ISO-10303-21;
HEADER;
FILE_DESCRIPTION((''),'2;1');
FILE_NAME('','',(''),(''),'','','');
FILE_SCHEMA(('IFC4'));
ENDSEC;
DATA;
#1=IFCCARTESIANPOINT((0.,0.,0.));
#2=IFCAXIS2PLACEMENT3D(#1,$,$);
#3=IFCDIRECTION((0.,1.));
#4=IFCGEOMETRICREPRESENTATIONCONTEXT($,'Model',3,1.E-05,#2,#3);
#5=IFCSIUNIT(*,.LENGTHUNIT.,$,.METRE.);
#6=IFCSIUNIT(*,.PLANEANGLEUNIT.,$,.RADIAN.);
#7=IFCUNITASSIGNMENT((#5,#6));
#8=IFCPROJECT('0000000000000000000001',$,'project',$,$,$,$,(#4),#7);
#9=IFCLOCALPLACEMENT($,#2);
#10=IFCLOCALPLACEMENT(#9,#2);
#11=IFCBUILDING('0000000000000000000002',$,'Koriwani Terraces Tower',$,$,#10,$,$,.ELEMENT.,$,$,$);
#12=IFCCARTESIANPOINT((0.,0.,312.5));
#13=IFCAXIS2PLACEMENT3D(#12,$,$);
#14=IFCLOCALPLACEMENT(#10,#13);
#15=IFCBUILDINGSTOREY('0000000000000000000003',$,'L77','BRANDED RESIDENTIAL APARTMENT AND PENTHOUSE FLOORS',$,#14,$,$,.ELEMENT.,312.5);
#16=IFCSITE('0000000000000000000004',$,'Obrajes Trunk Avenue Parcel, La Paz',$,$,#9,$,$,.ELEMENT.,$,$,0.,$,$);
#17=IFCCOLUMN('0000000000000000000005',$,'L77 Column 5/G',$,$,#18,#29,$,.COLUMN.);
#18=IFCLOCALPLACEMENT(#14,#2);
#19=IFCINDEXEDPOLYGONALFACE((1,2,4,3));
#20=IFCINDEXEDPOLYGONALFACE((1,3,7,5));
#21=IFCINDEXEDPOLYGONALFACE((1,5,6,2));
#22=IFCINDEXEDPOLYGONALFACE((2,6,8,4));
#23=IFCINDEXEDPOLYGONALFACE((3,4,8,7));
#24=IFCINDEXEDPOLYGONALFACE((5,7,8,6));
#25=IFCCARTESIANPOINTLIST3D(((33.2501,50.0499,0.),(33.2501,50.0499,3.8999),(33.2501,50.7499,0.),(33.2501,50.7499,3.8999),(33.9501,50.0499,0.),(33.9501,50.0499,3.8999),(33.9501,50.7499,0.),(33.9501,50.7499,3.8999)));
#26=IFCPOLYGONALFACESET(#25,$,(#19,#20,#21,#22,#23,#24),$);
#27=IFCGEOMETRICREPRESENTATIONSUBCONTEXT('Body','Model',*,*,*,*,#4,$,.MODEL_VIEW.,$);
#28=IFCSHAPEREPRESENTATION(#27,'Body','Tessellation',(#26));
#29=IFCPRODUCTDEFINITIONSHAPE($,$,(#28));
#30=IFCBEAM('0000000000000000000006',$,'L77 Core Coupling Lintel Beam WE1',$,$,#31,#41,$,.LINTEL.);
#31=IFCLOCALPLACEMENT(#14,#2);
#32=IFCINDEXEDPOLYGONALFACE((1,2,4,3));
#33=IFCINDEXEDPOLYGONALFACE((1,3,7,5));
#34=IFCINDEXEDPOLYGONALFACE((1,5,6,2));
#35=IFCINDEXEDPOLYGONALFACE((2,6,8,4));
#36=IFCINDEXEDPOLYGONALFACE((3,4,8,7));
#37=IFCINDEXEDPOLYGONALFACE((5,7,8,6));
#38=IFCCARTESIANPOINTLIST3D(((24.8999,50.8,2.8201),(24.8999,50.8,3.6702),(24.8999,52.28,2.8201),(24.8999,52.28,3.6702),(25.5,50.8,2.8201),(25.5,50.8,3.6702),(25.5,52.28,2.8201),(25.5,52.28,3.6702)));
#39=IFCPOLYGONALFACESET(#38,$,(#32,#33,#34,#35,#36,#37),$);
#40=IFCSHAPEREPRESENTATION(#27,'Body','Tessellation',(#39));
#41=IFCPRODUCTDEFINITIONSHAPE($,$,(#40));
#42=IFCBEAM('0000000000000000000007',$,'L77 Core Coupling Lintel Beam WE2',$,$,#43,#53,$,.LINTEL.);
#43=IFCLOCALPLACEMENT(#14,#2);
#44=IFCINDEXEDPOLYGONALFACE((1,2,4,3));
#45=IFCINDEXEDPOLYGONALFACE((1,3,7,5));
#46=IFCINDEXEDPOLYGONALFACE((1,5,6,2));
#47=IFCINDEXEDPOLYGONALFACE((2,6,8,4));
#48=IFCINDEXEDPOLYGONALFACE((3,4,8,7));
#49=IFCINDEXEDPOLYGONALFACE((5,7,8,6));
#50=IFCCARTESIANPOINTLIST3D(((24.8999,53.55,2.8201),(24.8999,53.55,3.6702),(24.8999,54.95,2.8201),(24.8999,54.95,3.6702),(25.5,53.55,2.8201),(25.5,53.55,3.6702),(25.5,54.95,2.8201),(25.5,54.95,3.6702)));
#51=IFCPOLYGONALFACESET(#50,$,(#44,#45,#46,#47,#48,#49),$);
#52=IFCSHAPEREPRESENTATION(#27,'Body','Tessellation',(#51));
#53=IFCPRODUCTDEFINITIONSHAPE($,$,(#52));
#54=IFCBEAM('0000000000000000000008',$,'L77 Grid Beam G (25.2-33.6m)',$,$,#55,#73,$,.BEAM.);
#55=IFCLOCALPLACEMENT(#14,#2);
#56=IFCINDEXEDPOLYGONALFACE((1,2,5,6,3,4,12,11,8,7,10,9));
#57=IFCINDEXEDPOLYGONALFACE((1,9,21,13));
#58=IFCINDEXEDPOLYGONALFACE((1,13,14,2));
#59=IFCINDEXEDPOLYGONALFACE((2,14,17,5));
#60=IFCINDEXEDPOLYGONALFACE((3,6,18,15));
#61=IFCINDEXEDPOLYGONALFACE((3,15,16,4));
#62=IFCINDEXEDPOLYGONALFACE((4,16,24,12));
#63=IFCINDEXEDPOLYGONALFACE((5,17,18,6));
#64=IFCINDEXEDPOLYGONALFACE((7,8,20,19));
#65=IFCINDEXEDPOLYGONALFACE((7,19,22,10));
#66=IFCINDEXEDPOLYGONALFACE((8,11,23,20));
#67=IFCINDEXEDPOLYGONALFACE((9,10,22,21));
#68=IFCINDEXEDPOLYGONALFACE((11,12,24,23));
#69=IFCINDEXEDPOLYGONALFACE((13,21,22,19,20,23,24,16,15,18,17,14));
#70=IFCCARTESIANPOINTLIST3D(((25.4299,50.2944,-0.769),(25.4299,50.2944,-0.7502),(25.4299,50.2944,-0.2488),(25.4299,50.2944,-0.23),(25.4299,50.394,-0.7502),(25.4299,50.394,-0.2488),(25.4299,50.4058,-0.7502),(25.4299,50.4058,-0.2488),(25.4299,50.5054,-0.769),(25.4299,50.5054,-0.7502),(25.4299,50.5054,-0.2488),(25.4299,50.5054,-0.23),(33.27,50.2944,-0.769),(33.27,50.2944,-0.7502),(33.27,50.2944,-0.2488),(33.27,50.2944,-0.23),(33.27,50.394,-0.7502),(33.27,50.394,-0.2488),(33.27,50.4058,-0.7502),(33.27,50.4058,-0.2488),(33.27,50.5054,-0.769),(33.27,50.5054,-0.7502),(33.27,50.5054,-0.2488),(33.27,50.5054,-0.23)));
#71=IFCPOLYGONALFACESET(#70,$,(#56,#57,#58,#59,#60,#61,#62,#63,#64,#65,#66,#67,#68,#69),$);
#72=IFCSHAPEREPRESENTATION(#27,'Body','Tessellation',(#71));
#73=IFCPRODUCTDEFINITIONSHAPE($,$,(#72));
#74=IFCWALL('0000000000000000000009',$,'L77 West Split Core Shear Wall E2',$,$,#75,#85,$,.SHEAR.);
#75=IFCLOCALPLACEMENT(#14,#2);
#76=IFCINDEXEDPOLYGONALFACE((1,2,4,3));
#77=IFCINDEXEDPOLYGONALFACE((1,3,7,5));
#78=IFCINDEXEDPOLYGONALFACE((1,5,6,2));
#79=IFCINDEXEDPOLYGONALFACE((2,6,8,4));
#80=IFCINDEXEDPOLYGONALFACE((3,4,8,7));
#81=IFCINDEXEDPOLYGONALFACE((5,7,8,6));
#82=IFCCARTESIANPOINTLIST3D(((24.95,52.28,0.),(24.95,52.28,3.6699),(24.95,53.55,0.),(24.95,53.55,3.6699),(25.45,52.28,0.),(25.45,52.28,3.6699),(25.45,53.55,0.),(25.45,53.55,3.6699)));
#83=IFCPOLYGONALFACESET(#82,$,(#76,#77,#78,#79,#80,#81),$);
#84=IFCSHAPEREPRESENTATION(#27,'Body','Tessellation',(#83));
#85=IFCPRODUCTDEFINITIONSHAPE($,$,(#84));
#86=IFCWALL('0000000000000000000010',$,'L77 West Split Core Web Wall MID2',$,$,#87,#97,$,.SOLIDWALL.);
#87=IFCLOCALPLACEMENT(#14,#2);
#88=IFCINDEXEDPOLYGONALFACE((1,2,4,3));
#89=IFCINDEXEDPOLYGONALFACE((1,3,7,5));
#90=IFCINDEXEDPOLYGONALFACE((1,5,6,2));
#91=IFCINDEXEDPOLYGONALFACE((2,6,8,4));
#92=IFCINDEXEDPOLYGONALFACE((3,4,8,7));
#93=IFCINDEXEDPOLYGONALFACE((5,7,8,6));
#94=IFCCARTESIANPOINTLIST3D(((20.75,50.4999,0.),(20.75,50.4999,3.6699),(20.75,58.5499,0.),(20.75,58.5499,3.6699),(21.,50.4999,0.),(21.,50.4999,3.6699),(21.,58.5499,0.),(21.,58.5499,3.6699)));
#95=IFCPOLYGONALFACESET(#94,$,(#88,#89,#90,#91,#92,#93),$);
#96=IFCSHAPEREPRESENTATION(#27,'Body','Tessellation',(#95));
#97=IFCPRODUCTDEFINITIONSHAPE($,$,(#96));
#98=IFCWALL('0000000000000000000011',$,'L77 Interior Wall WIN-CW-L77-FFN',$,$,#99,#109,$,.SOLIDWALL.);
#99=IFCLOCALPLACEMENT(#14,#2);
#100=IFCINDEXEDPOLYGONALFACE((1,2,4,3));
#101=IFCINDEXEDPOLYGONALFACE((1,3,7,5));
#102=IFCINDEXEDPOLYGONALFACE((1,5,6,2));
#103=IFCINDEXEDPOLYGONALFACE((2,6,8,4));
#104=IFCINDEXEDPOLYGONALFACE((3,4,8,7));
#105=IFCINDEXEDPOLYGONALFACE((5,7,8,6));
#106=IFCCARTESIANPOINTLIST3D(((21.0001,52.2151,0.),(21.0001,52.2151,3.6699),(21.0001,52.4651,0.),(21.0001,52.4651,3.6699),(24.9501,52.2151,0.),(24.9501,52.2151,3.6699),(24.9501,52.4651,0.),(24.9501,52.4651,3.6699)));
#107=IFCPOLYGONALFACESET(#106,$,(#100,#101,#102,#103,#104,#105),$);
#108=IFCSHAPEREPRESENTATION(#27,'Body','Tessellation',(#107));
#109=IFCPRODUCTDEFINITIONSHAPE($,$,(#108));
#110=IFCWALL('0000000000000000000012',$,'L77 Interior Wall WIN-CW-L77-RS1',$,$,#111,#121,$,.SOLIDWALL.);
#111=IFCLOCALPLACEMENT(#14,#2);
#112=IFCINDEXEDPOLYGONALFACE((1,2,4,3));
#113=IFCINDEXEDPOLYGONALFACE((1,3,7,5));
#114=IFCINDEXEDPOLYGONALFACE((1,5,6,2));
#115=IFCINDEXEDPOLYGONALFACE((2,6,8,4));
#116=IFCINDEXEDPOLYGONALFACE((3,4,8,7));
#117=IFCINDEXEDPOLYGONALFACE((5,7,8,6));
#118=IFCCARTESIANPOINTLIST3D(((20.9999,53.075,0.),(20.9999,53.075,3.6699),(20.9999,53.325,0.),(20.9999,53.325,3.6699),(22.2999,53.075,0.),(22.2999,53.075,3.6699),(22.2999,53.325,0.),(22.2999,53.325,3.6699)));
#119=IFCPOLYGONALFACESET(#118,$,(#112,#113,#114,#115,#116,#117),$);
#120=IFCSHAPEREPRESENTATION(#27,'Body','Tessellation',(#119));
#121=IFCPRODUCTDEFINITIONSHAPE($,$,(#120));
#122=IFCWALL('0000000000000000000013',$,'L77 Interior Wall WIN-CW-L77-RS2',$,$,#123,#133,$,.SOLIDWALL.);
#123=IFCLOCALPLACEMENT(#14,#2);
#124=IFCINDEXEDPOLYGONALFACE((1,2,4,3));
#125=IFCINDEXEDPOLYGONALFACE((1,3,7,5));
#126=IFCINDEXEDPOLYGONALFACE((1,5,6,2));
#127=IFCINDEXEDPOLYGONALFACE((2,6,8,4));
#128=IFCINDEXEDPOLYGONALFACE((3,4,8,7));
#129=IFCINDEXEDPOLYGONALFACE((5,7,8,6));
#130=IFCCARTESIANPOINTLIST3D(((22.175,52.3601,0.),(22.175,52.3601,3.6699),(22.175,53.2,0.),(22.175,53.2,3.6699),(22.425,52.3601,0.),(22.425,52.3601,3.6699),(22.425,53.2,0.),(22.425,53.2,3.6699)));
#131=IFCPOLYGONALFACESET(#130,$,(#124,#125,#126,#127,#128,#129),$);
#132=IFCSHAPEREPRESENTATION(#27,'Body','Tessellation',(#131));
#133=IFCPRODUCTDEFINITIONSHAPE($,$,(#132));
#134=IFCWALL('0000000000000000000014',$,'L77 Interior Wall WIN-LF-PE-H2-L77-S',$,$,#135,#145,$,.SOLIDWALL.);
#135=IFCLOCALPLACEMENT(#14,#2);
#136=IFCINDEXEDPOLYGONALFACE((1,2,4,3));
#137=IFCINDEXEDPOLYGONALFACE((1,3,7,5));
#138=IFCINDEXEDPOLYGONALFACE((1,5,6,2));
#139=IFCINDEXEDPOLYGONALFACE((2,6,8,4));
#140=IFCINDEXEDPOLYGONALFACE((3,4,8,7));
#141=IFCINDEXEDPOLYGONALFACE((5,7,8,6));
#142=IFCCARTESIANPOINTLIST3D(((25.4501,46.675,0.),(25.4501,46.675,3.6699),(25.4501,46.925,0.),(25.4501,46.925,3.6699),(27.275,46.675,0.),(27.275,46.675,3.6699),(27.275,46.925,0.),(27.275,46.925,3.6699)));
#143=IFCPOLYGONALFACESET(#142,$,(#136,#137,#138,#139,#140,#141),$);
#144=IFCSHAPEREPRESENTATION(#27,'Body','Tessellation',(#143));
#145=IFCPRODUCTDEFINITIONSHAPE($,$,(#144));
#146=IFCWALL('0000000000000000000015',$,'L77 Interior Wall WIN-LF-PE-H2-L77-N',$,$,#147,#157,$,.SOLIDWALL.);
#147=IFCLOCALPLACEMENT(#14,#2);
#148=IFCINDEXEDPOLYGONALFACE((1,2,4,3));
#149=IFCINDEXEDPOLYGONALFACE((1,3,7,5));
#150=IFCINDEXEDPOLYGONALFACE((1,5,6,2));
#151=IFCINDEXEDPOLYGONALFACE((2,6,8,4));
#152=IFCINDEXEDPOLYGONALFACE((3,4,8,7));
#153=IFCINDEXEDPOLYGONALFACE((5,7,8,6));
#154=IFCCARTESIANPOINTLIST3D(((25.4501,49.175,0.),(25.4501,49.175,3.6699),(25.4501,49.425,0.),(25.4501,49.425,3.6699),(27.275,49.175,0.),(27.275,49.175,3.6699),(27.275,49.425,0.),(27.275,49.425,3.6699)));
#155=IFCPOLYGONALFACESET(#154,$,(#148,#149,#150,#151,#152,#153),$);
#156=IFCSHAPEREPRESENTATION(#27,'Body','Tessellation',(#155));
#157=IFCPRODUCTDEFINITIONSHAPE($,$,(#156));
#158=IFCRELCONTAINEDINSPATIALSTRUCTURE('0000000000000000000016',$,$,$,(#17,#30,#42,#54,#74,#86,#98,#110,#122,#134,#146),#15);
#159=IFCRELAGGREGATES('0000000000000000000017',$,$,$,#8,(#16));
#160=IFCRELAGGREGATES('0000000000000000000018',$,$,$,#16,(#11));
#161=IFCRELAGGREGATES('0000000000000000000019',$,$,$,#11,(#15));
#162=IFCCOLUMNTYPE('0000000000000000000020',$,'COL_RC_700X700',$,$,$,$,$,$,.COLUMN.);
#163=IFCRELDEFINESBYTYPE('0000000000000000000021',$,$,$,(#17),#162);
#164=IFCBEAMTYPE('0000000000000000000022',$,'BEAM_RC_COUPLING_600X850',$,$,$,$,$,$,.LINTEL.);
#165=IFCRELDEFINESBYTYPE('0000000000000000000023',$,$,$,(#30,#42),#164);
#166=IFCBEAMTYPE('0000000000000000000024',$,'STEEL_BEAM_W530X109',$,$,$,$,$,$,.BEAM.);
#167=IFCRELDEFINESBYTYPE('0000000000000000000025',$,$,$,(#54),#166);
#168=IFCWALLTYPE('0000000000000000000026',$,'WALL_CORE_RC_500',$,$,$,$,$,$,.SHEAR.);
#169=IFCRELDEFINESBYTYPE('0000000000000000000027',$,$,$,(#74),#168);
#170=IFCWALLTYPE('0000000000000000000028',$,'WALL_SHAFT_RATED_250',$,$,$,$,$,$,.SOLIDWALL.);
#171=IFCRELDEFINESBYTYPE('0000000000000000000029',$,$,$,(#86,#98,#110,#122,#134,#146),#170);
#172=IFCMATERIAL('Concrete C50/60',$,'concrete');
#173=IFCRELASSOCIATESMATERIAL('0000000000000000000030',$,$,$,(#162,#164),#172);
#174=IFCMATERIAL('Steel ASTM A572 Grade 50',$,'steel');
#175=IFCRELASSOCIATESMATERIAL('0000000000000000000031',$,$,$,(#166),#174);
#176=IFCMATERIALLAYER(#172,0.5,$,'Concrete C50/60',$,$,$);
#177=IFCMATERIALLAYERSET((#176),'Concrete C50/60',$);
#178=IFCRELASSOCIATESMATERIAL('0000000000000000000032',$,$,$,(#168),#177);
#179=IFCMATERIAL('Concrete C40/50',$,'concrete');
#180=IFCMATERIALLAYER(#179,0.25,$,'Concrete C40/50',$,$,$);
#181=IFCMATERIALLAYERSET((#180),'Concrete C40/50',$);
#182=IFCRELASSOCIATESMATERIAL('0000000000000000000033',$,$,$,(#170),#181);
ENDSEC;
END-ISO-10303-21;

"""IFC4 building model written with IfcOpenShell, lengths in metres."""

from ifc_helpers import new_model, si_unit, direction, frame, frame_2d, origin, origin_2d, place, context, subcontext, project, spatial, rectangle, i_section, extrude, material, layer, layer_set, material_profile, profile_set, type_object, element, save


model = new_model("IFC4")

# Units and contexts
model_context = context("Model", 3, precision=1e-05, world=origin(), true_north=direction((0.0, 1.0)))
body_context = subcontext(model_context, "Body", "Model", "MODEL_VIEW")
ifc_project = project(units=[si_unit("LENGTHUNIT", "METRE"), si_unit("PLANEANGLEUNIT", "RADIAN")], contexts=[model_context])

# Site, building, storey
site_placement = place(None, origin())
site = spatial("IfcSite", under=ifc_project, at=site_placement, Name="Obrajes Trunk Avenue Parcel, La Paz", CompositionType="ELEMENT", RefElevation=0.0)
building_placement = place(site_placement, origin())
building = spatial("IfcBuilding", under=site, at=building_placement, Name="Koriwani Terraces Tower", CompositionType="ELEMENT")
storey_placement = place(building_placement, frame((0.0, 0.0, 312.5)))
storey = spatial("IfcBuildingStorey", under=building, at=storey_placement, Name="L77", Description="BRANDED RESIDENTIAL APARTMENT AND PENTHOUSE FLOORS", CompositionType="ELEMENT", Elevation=312.5)

# Column
ifc_material_1 = material(Name="Concrete C50/60", Category="concrete")
ifc_material_profile_1 = material_profile(ifc_material_1, rectangle(XDim=0.7, YDim=0.7, at=origin_2d()), Name="Concrete C50/60", Category="LoadBearing")
ifc_profile_set_1 = profile_set([ifc_material_profile_1], Name="Concrete C50/60")
column_type = type_object("IfcColumnType", Name="COL_RC_700X700", PredefinedType="COLUMN", material=ifc_profile_set_1)
column_placement = place(storey_placement, frame((33.6001, 50.3999, 0.0), z_axis=(0.0, 0.0, 1.0), x_axis=(1.0, 0.0, 0.0)))
element("IfcColumn", 1, at=column_placement, inside=storey, type_object=column_type, Name="L77 Column 5/G", PredefinedType="COLUMN", context=body_context, shape_type="SweptSolid", body=[
    extrude(rectangle(XDim=0.7, YDim=0.7, at=origin_2d()), origin(), (0.0, 0.0, 1.0), 3.8999),
])

# Beams
ifc_material_profile_2 = material_profile(ifc_material_1, rectangle(XDim=0.6001, YDim=0.8501, at=origin_2d()), Name="Concrete C50/60", Category="LoadBearing")
ifc_profile_set_2 = profile_set([ifc_material_profile_2], Name="Concrete C50/60")
beam_type_1 = type_object("IfcBeamType", Name="BEAM_RC_COUPLING_600X850", PredefinedType="LINTEL", material=ifc_profile_set_2)
beam_1_placement = place(storey_placement, frame((25.2, 50.8, 3.2451), z_axis=(0.0, 1.0, 0.0), x_axis=(-1.0, 0.0, 0.0)))
element("IfcBeam", 2, at=beam_1_placement, inside=storey, type_object=beam_type_1, Name="L77 Core Coupling Lintel Beam WE1", PredefinedType="LINTEL", context=body_context, shape_type="SweptSolid", body=[
    extrude(rectangle(XDim=0.6001, YDim=0.8501, at=origin_2d()), origin(), (0.0, 0.0, 1.0), 1.48),
])
beam_2_placement = place(storey_placement, frame((25.2, 53.55, 3.2451), z_axis=(0.0, 1.0, 0.0), x_axis=(-1.0, 0.0, 0.0)))
element("IfcBeam", 3, at=beam_2_placement, inside=storey, type_object=beam_type_1, Name="L77 Core Coupling Lintel Beam WE2", PredefinedType="LINTEL", context=body_context, shape_type="SweptSolid", body=[
    extrude(rectangle(XDim=0.6001, YDim=0.8501, at=origin_2d()), origin(), (0.0, 0.0, 1.0), 1.3999),
])
ifc_material_2 = material(Name="Steel ASTM A572 Grade 50", Category="steel")
ifc_material_profile_3 = material_profile(ifc_material_2, i_section(OverallWidth=0.2109, OverallDepth=0.5391, WebThickness=0.0117, FlangeThickness=0.0188, at=origin_2d()), Name="Steel ASTM A572 Grade 50", Category="LoadBearing")
ifc_profile_set_3 = profile_set([ifc_material_profile_3], Name="Steel ASTM A572 Grade 50")
beam_type_2 = type_object("IfcBeamType", Name="STEEL_BEAM_W530X109", PredefinedType="BEAM", material=ifc_profile_set_3)
beam_3_placement = place(storey_placement, frame((25.4299, 50.3999, -0.4995), z_axis=(1.0, 0.0, 0.0), x_axis=(0.0, 1.0, 0.0)))
element("IfcBeam", 4, at=beam_3_placement, inside=storey, type_object=beam_type_2, Name="L77 Grid Beam G (25.2-33.6m)", PredefinedType="BEAM", context=body_context, shape_type="SweptSolid", body=[
    extrude(i_section(OverallWidth=0.2109, OverallDepth=0.5391, WebThickness=0.0117, FlangeThickness=0.0188, at=origin_2d()), origin(), (0.0, 0.0, 1.0), 7.8401),
])

# Walls
ifc_layer_1 = layer(ifc_material_1, 0.5, Name="Concrete C50/60")
ifc_layer_set_1 = layer_set([ifc_layer_1], Name="Concrete C50/60")
wall_type_1 = type_object("IfcWallType", Name="WALL_CORE_RC_500", PredefinedType="SHEAR", material=ifc_layer_set_1)
wall_1_placement = place(storey_placement, frame((25.2, 52.28, 0.0), z_axis=(0.0, 0.0, 1.0), x_axis=(0.0, 1.0, 0.0)))
element("IfcWall", 5, at=wall_1_placement, inside=storey, type_object=wall_type_1, Name="L77 West Split Core Shear Wall E2", PredefinedType="SHEAR", context=body_context, shape_type="SweptSolid", body=[
    extrude(rectangle(XDim=1.27, YDim=0.5, at=frame_2d((0.635, 0.0))), origin(), (0.0, 0.0, 1.0), 3.6699),
])
ifc_material_3 = material(Name="Concrete C40/50", Category="concrete")
ifc_layer_2 = layer(ifc_material_3, 0.25, Name="Concrete C40/50")
ifc_layer_set_2 = layer_set([ifc_layer_2], Name="Concrete C40/50")
wall_type_2 = type_object("IfcWallType", Name="WALL_SHAFT_RATED_250", PredefinedType="SOLIDWALL", material=ifc_layer_set_2)
wall_2_placement = place(storey_placement, frame((20.875, 50.5, 0.0), z_axis=(0.0, 0.0, 1.0), x_axis=(0.0, 1.0, 0.0)))
element("IfcWall", 6, at=wall_2_placement, inside=storey, type_object=wall_type_2, Name="L77 West Split Core Web Wall MID2", PredefinedType="SOLIDWALL", context=body_context, shape_type="SweptSolid", body=[
    extrude(rectangle(XDim=8.05, YDim=0.25, at=frame_2d((4.0249, 0.0))), origin(), (0.0, 0.0, 1.0), 3.6699),
])

# Wall
wall_3_placement = place(storey_placement, frame((21.0, 52.3401, 0.0), z_axis=(0.0, 0.0, 1.0), x_axis=(1.0, 0.0, 0.0)))
element("IfcWall", 7, at=wall_3_placement, inside=storey, type_object=wall_type_2, Name="L77 Interior Wall WIN-CW-L77-FFN", PredefinedType="SOLIDWALL", context=body_context, shape_type="SweptSolid", body=[
    extrude(rectangle(XDim=3.95, YDim=0.25, at=frame_2d((1.9751, 0.0))), origin(), (0.0, 0.0, 1.0), 3.6699),
])

# Walls
wall_4_placement = place(storey_placement, frame((21.0, 53.2, 0.0), z_axis=(0.0, 0.0, 1.0), x_axis=(1.0, 0.0, 0.0)))
element("IfcWall", 8, at=wall_4_placement, inside=storey, type_object=wall_type_2, Name="L77 Interior Wall WIN-CW-L77-RS1", PredefinedType="SOLIDWALL", context=body_context, shape_type="SweptSolid", body=[
    extrude(rectangle(XDim=1.3, YDim=0.25, at=frame_2d((0.6499, 0.0))), origin(), (0.0, 0.0, 1.0), 3.6699),
])
wall_5_placement = place(storey_placement, frame((22.3, 52.3601, 0.0), z_axis=(0.0, 0.0, 1.0), x_axis=(0.0, 1.0, 0.0)))
element("IfcWall", 9, at=wall_5_placement, inside=storey, type_object=wall_type_2, Name="L77 Interior Wall WIN-CW-L77-RS2", PredefinedType="SOLIDWALL", context=body_context, shape_type="SweptSolid", body=[
    extrude(rectangle(XDim=0.8398, YDim=0.25, at=frame_2d((0.4199, 0.0))), origin(), (0.0, 0.0, 1.0), 3.6699),
])

# Walls
for number, where, z_axis, x_axis, name in (
    (10, (25.45, 46.8, 0.0), (0.0, 0.0, 1.0), (1.0, 0.0, 0.0), "L77 Interior Wall WIN-LF-PE-H2-L77-S"),
    (11, (25.45, 49.3, 0.0), (0.0, 0.0, 1.0), (1.0, 0.0, 0.0), "L77 Interior Wall WIN-LF-PE-H2-L77-N"),
):
    element("IfcWall", number, at=place(storey_placement, frame(where, z_axis=z_axis, x_axis=x_axis)), inside=storey, type_object=wall_type_2, Name=name, PredefinedType="SOLIDWALL", context=body_context, shape_type="SweptSolid", body=[
        extrude(rectangle(XDim=1.825, YDim=0.25, at=frame_2d((0.9126, 0.0))), origin(), (0.0, 0.0, 1.0), 3.6699),
    ])

save(model, "model.ifc")
